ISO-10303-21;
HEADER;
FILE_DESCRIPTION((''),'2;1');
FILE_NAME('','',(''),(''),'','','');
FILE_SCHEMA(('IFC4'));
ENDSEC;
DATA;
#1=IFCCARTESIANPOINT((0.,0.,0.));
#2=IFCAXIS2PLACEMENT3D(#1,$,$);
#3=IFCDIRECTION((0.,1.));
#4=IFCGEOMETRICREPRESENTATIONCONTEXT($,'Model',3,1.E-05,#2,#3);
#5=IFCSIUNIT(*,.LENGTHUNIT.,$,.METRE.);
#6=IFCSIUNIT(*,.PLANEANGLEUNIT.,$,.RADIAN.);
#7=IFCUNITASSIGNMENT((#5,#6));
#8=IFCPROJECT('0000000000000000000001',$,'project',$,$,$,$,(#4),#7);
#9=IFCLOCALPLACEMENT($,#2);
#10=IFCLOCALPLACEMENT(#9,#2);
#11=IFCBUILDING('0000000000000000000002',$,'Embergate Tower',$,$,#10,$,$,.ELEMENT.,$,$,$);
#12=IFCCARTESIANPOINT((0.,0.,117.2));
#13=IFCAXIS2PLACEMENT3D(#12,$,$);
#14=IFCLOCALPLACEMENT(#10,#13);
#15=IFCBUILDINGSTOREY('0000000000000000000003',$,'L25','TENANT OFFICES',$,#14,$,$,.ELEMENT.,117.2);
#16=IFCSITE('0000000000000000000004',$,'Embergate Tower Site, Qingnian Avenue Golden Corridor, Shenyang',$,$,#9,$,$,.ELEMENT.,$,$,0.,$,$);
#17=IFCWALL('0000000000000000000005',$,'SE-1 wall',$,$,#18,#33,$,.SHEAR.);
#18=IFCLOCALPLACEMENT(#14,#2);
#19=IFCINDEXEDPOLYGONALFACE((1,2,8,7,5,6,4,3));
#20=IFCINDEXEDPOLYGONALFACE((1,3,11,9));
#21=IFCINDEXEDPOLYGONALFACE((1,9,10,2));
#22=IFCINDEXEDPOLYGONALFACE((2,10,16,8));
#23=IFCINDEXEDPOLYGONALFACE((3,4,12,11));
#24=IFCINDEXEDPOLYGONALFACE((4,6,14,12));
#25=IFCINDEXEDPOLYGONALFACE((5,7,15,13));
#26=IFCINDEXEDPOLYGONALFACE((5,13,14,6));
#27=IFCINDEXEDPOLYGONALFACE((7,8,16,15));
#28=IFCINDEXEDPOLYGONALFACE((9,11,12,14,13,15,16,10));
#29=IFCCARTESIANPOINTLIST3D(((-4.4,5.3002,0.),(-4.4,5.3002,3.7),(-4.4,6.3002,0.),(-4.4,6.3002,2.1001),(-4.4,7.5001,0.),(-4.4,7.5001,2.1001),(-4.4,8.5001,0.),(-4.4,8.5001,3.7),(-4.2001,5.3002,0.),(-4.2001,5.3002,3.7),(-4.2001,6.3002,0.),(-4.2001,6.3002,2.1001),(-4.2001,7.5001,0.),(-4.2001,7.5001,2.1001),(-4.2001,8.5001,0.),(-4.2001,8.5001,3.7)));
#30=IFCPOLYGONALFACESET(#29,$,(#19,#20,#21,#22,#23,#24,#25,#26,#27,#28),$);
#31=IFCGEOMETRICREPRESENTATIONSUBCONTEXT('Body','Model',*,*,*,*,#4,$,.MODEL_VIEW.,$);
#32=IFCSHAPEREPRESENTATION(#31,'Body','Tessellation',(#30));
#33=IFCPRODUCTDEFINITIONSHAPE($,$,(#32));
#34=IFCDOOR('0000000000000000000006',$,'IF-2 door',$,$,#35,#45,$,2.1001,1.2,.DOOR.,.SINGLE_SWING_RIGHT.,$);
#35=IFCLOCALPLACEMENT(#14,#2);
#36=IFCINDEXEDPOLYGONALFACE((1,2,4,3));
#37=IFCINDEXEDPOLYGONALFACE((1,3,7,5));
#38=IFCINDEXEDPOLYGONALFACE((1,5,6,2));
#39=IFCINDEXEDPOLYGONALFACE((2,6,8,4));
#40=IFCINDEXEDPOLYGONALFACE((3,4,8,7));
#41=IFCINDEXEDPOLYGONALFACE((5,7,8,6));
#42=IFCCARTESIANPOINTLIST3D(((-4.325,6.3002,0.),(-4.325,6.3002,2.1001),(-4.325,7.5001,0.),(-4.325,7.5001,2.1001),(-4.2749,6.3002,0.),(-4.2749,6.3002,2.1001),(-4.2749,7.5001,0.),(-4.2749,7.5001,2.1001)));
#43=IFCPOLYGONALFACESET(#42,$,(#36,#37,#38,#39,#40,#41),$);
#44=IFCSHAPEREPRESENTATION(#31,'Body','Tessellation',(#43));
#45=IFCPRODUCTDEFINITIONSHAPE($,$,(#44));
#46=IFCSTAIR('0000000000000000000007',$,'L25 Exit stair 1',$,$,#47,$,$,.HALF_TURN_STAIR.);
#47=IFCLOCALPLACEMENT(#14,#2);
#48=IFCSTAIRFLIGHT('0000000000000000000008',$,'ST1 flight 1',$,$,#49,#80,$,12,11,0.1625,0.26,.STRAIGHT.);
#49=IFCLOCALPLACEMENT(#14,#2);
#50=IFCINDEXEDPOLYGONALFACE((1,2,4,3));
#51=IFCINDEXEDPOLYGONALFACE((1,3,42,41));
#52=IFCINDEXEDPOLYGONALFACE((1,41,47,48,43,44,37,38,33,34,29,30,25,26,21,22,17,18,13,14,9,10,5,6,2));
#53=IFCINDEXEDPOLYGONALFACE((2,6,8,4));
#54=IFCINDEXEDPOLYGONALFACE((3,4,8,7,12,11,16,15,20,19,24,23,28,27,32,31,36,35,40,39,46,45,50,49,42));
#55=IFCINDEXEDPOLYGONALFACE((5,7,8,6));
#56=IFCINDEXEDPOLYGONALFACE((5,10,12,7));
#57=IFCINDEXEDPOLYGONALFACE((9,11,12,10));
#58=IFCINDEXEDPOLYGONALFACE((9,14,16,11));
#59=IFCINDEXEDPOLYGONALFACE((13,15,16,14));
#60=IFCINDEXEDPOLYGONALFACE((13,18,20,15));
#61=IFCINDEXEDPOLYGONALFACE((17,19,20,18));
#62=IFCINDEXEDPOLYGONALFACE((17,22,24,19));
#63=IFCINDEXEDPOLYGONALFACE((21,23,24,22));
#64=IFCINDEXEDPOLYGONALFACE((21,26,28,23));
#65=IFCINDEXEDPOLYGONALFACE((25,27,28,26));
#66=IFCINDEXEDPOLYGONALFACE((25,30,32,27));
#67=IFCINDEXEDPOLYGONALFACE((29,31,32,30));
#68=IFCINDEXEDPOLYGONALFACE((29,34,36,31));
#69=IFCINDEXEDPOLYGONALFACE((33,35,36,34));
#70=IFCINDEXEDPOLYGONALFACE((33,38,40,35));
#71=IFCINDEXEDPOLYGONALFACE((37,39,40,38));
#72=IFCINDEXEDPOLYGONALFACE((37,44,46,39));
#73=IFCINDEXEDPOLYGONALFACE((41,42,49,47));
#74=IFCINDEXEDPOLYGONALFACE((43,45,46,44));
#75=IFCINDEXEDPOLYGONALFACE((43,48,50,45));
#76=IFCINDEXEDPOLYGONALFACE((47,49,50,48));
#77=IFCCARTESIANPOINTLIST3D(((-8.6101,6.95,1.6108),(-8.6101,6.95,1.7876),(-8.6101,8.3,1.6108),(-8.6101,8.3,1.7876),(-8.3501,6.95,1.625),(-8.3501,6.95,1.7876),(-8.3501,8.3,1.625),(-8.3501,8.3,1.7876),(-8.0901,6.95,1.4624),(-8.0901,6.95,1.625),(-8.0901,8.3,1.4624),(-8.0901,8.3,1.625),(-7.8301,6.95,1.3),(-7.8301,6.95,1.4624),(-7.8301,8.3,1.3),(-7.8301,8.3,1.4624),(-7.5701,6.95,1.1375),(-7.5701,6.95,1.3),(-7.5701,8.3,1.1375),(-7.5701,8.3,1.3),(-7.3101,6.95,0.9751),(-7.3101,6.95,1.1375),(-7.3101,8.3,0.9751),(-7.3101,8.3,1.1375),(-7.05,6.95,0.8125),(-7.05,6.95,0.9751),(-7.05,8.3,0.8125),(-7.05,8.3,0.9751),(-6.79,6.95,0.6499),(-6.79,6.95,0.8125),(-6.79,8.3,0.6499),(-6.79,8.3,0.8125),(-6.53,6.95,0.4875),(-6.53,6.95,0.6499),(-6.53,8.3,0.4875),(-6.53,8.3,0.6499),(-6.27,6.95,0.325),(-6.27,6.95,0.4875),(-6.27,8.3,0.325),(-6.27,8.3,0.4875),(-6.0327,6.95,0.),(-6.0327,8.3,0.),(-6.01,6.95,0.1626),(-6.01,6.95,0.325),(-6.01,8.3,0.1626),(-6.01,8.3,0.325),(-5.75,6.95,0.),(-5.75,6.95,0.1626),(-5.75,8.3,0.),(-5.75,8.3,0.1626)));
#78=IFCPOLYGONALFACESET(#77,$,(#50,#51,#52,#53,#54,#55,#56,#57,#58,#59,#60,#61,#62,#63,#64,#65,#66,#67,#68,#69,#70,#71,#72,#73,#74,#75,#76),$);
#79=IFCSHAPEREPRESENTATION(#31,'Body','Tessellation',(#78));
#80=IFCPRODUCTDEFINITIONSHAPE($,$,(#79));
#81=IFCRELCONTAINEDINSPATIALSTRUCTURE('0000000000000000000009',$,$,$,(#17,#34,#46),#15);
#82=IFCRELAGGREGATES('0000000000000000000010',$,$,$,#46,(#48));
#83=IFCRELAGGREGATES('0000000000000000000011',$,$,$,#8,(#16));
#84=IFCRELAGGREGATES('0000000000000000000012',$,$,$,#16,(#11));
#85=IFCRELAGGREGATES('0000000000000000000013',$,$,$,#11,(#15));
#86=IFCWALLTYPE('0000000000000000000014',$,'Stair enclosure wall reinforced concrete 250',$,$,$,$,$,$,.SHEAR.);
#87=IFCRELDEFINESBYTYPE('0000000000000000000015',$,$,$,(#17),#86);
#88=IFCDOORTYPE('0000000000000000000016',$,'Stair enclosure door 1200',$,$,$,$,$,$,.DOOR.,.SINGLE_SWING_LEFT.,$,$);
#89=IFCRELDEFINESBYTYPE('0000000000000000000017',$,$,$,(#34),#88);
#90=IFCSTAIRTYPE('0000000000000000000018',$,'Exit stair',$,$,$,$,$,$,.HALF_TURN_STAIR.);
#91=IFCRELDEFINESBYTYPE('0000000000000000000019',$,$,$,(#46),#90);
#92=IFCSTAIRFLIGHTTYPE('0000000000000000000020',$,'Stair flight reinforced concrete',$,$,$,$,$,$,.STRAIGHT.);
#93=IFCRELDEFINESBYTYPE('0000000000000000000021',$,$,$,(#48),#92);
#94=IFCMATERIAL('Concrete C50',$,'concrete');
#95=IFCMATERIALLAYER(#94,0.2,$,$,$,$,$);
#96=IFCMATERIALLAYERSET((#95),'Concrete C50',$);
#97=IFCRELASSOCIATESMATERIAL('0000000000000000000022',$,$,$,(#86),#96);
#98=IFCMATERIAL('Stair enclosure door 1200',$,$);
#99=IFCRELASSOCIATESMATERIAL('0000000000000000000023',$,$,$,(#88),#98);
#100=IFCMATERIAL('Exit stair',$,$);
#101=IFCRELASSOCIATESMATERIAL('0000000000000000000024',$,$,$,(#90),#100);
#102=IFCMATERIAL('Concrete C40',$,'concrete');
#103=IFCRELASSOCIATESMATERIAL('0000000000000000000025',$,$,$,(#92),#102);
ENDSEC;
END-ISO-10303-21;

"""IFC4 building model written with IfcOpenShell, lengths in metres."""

from ifc_helpers import new_model, si_unit, direction, frame, frame_2d, origin, place, context, subcontext, project, spatial, polyline, rectangle, outline, extrude, source, transform, mapped, material, layer, layer_set, type_object, element, fill, aggregate, save


model = new_model("IFC4")

# Units and contexts
model_context = context("Model", 3, precision=1e-05, world=origin(), true_north=direction((0.0, 1.0)))
body_context = subcontext(model_context, "Body", "Model", "MODEL_VIEW")
ifc_project = project(units=[si_unit("LENGTHUNIT", "METRE"), si_unit("PLANEANGLEUNIT", "RADIAN")], contexts=[model_context])

# Site, building, storey
site_placement = place(None, origin())
site = spatial("IfcSite", under=ifc_project, at=site_placement, Name="Embergate Tower Site, Qingnian Avenue Golden Corridor, Shenyang", CompositionType="ELEMENT", RefElevation=0.0)
building_placement = place(site_placement, origin())
building = spatial("IfcBuilding", under=site, at=building_placement, Name="Embergate Tower", CompositionType="ELEMENT")
storey_placement = place(building_placement, frame((0.0, 0.0, 117.2)))
storey = spatial("IfcBuildingStorey", under=building, at=storey_placement, Name="L25", Description="TENANT OFFICES", CompositionType="ELEMENT", Elevation=117.2)

# Shared definitions
ifc_material_1 = material(Name="Concrete C50", Category="concrete")

# Shared definitions
ifc_layer_1 = layer(ifc_material_1, 0.2)
ifc_layer_set_1 = layer_set([ifc_layer_1], Name="Concrete C50")
wall_type_1 = type_object("IfcWallType", Name="Stair enclosure wall reinforced concrete 250", PredefinedType="SHEAR", material=ifc_layer_set_1)

# Wall, opening, door
shared_shape_1 = source(origin(), body_context, "Body", "SweptSolid", [
    extrude(rectangle(XDim=3.2, YDim=0.2, at=frame_2d((1.6001, 0.0))), origin(), (0.0, 0.0, 1.0), 3.7),
])
wall_1_placement = place(storey_placement, frame((-4.3, 5.3, 0.0), z_axis=(0.0, 0.0, 1.0), x_axis=(0.0, 1.0, 0.0)))
wall_1 = element("IfcWall", 1, at=wall_1_placement, inside=storey, type_object=wall_type_1, Name="SE-1 wall", PredefinedType="SHEAR", context=body_context, shape_type="MappedRepresentation", body=[
    mapped(shared_shape_1, transform((0.0, 0.0, 0.0))),
])
shared_shape_2 = source(origin(), body_context, "Body", "SweptSolid", [
    extrude(rectangle(XDim=1.2, YDim=2.1001, at=frame_2d((0.6001, 1.05))), frame((0.0, 0.1099, 0.0), z_axis=(0.0, -1.0, 0.0), x_axis=(1.0, 0.0, 0.0)), (0.0, 0.0, 1.0), 0.22),
])
opening_1_placement = place(wall_1_placement, frame((1.0, 0.0, 0.0)))
opening_1 = element("IfcOpeningElement", 2, at=opening_1_placement, cuts=wall_1, PredefinedType="OPENING", context=body_context, shape_type="MappedRepresentation", body=[
    mapped(shared_shape_2, transform((0.0, 0.0, 0.0))),
])
ifc_material_2 = material(Name="Stair enclosure door 1200")
door_type_1 = type_object("IfcDoorType", Name="Stair enclosure door 1200", OperationType="SINGLE_SWING_LEFT", PredefinedType="DOOR", material=ifc_material_2)
shared_shape_3 = source(origin(), body_context, "Body", "SweptSolid", [
    extrude(rectangle(XDim=1.2, YDim=2.1001, at=frame_2d((0.6001, 1.05))), frame((0.0, 0.0249, 0.0), z_axis=(0.0, -1.0, 0.0), x_axis=(1.0, 0.0, 0.0)), (0.0, 0.0, 1.0), 0.05),
])
door_1_placement = place(opening_1_placement, origin())
door_1 = element("IfcDoor", 3, at=door_1_placement, inside=storey, type_object=door_type_1, Name="IF-2 door", OperationType="SINGLE_SWING_RIGHT", OverallHeight=2.1001, OverallWidth=1.2, PredefinedType="DOOR", context=body_context, shape_type="MappedRepresentation", body=[
    mapped(shared_shape_3, transform((0.0, 0.0, 0.0))),
])
fill(opening_1, door_1)

# Stair, stair flight
ifc_material_3 = material(Name="Exit stair")
stair_type = type_object("IfcStairType", Name="Exit stair", PredefinedType="HALF_TURN_STAIR", material=ifc_material_3)
stair_placement = place(storey_placement, origin())
stair = element("IfcStair", 4, at=stair_placement, inside=storey, type_object=stair_type, Name="L25 Exit stair 1", PredefinedType="HALF_TURN_STAIR")
ifc_material_4 = material(Name="Concrete C40", Category="concrete")
stair_flight_type = type_object("IfcStairFlightType", Name="Stair flight reinforced concrete", PredefinedType="STRAIGHT", material=ifc_material_4)
shared_shape_4 = source(origin(), body_context, "Body", "SweptSolid", [
    extrude(outline(polyline([(0.0, 0.0), (0.0, 0.1626), (0.26, 0.1626), (0.26, 0.325), (0.52, 0.325), (0.52, 0.4875), (0.78, 0.4875), (0.78, 0.6499), (1.04, 0.6499), (1.04, 0.8125), (1.3, 0.8125), (1.3, 0.9751), (1.5601, 0.9751), (1.5601, 1.1375), (1.8201, 1.1375), (1.8201, 1.3), (2.0801, 1.3), (2.0801, 1.4624), (2.3401, 1.4624), (2.3401, 1.625), (2.6001, 1.625), (2.6001, 1.7876), (2.8601, 1.7876), (2.8601, 1.95), (2.8601, 1.6108), (0.2827, 0.0), (0.0, 0.0)])), frame((0.0, 0.675, 0.0), z_axis=(0.0, -1.0, 0.0), x_axis=(1.0, 0.0, 0.0)), (0.0, 0.0, 1.0), 1.3501),
])
stair_flight_placement = place(storey_placement, frame((-5.75, 7.625, 0.0), z_axis=(0.0, 0.0, 1.0), x_axis=(-1.0, 0.0, 0.0)))
stair_flight = element("IfcStairFlight", 5, at=stair_flight_placement, type_object=stair_flight_type, Name="ST1 flight 1", NumberOfRisers=12, NumberOfTreads=11, PredefinedType="STRAIGHT", RiserHeight=0.1625, TreadLength=0.26, context=body_context, shape_type="MappedRepresentation", body=[
    mapped(shared_shape_4, transform((0.0, 0.0, 0.0))),
])
aggregate(stair, [stair_flight])

save(model, "model.ifc")
